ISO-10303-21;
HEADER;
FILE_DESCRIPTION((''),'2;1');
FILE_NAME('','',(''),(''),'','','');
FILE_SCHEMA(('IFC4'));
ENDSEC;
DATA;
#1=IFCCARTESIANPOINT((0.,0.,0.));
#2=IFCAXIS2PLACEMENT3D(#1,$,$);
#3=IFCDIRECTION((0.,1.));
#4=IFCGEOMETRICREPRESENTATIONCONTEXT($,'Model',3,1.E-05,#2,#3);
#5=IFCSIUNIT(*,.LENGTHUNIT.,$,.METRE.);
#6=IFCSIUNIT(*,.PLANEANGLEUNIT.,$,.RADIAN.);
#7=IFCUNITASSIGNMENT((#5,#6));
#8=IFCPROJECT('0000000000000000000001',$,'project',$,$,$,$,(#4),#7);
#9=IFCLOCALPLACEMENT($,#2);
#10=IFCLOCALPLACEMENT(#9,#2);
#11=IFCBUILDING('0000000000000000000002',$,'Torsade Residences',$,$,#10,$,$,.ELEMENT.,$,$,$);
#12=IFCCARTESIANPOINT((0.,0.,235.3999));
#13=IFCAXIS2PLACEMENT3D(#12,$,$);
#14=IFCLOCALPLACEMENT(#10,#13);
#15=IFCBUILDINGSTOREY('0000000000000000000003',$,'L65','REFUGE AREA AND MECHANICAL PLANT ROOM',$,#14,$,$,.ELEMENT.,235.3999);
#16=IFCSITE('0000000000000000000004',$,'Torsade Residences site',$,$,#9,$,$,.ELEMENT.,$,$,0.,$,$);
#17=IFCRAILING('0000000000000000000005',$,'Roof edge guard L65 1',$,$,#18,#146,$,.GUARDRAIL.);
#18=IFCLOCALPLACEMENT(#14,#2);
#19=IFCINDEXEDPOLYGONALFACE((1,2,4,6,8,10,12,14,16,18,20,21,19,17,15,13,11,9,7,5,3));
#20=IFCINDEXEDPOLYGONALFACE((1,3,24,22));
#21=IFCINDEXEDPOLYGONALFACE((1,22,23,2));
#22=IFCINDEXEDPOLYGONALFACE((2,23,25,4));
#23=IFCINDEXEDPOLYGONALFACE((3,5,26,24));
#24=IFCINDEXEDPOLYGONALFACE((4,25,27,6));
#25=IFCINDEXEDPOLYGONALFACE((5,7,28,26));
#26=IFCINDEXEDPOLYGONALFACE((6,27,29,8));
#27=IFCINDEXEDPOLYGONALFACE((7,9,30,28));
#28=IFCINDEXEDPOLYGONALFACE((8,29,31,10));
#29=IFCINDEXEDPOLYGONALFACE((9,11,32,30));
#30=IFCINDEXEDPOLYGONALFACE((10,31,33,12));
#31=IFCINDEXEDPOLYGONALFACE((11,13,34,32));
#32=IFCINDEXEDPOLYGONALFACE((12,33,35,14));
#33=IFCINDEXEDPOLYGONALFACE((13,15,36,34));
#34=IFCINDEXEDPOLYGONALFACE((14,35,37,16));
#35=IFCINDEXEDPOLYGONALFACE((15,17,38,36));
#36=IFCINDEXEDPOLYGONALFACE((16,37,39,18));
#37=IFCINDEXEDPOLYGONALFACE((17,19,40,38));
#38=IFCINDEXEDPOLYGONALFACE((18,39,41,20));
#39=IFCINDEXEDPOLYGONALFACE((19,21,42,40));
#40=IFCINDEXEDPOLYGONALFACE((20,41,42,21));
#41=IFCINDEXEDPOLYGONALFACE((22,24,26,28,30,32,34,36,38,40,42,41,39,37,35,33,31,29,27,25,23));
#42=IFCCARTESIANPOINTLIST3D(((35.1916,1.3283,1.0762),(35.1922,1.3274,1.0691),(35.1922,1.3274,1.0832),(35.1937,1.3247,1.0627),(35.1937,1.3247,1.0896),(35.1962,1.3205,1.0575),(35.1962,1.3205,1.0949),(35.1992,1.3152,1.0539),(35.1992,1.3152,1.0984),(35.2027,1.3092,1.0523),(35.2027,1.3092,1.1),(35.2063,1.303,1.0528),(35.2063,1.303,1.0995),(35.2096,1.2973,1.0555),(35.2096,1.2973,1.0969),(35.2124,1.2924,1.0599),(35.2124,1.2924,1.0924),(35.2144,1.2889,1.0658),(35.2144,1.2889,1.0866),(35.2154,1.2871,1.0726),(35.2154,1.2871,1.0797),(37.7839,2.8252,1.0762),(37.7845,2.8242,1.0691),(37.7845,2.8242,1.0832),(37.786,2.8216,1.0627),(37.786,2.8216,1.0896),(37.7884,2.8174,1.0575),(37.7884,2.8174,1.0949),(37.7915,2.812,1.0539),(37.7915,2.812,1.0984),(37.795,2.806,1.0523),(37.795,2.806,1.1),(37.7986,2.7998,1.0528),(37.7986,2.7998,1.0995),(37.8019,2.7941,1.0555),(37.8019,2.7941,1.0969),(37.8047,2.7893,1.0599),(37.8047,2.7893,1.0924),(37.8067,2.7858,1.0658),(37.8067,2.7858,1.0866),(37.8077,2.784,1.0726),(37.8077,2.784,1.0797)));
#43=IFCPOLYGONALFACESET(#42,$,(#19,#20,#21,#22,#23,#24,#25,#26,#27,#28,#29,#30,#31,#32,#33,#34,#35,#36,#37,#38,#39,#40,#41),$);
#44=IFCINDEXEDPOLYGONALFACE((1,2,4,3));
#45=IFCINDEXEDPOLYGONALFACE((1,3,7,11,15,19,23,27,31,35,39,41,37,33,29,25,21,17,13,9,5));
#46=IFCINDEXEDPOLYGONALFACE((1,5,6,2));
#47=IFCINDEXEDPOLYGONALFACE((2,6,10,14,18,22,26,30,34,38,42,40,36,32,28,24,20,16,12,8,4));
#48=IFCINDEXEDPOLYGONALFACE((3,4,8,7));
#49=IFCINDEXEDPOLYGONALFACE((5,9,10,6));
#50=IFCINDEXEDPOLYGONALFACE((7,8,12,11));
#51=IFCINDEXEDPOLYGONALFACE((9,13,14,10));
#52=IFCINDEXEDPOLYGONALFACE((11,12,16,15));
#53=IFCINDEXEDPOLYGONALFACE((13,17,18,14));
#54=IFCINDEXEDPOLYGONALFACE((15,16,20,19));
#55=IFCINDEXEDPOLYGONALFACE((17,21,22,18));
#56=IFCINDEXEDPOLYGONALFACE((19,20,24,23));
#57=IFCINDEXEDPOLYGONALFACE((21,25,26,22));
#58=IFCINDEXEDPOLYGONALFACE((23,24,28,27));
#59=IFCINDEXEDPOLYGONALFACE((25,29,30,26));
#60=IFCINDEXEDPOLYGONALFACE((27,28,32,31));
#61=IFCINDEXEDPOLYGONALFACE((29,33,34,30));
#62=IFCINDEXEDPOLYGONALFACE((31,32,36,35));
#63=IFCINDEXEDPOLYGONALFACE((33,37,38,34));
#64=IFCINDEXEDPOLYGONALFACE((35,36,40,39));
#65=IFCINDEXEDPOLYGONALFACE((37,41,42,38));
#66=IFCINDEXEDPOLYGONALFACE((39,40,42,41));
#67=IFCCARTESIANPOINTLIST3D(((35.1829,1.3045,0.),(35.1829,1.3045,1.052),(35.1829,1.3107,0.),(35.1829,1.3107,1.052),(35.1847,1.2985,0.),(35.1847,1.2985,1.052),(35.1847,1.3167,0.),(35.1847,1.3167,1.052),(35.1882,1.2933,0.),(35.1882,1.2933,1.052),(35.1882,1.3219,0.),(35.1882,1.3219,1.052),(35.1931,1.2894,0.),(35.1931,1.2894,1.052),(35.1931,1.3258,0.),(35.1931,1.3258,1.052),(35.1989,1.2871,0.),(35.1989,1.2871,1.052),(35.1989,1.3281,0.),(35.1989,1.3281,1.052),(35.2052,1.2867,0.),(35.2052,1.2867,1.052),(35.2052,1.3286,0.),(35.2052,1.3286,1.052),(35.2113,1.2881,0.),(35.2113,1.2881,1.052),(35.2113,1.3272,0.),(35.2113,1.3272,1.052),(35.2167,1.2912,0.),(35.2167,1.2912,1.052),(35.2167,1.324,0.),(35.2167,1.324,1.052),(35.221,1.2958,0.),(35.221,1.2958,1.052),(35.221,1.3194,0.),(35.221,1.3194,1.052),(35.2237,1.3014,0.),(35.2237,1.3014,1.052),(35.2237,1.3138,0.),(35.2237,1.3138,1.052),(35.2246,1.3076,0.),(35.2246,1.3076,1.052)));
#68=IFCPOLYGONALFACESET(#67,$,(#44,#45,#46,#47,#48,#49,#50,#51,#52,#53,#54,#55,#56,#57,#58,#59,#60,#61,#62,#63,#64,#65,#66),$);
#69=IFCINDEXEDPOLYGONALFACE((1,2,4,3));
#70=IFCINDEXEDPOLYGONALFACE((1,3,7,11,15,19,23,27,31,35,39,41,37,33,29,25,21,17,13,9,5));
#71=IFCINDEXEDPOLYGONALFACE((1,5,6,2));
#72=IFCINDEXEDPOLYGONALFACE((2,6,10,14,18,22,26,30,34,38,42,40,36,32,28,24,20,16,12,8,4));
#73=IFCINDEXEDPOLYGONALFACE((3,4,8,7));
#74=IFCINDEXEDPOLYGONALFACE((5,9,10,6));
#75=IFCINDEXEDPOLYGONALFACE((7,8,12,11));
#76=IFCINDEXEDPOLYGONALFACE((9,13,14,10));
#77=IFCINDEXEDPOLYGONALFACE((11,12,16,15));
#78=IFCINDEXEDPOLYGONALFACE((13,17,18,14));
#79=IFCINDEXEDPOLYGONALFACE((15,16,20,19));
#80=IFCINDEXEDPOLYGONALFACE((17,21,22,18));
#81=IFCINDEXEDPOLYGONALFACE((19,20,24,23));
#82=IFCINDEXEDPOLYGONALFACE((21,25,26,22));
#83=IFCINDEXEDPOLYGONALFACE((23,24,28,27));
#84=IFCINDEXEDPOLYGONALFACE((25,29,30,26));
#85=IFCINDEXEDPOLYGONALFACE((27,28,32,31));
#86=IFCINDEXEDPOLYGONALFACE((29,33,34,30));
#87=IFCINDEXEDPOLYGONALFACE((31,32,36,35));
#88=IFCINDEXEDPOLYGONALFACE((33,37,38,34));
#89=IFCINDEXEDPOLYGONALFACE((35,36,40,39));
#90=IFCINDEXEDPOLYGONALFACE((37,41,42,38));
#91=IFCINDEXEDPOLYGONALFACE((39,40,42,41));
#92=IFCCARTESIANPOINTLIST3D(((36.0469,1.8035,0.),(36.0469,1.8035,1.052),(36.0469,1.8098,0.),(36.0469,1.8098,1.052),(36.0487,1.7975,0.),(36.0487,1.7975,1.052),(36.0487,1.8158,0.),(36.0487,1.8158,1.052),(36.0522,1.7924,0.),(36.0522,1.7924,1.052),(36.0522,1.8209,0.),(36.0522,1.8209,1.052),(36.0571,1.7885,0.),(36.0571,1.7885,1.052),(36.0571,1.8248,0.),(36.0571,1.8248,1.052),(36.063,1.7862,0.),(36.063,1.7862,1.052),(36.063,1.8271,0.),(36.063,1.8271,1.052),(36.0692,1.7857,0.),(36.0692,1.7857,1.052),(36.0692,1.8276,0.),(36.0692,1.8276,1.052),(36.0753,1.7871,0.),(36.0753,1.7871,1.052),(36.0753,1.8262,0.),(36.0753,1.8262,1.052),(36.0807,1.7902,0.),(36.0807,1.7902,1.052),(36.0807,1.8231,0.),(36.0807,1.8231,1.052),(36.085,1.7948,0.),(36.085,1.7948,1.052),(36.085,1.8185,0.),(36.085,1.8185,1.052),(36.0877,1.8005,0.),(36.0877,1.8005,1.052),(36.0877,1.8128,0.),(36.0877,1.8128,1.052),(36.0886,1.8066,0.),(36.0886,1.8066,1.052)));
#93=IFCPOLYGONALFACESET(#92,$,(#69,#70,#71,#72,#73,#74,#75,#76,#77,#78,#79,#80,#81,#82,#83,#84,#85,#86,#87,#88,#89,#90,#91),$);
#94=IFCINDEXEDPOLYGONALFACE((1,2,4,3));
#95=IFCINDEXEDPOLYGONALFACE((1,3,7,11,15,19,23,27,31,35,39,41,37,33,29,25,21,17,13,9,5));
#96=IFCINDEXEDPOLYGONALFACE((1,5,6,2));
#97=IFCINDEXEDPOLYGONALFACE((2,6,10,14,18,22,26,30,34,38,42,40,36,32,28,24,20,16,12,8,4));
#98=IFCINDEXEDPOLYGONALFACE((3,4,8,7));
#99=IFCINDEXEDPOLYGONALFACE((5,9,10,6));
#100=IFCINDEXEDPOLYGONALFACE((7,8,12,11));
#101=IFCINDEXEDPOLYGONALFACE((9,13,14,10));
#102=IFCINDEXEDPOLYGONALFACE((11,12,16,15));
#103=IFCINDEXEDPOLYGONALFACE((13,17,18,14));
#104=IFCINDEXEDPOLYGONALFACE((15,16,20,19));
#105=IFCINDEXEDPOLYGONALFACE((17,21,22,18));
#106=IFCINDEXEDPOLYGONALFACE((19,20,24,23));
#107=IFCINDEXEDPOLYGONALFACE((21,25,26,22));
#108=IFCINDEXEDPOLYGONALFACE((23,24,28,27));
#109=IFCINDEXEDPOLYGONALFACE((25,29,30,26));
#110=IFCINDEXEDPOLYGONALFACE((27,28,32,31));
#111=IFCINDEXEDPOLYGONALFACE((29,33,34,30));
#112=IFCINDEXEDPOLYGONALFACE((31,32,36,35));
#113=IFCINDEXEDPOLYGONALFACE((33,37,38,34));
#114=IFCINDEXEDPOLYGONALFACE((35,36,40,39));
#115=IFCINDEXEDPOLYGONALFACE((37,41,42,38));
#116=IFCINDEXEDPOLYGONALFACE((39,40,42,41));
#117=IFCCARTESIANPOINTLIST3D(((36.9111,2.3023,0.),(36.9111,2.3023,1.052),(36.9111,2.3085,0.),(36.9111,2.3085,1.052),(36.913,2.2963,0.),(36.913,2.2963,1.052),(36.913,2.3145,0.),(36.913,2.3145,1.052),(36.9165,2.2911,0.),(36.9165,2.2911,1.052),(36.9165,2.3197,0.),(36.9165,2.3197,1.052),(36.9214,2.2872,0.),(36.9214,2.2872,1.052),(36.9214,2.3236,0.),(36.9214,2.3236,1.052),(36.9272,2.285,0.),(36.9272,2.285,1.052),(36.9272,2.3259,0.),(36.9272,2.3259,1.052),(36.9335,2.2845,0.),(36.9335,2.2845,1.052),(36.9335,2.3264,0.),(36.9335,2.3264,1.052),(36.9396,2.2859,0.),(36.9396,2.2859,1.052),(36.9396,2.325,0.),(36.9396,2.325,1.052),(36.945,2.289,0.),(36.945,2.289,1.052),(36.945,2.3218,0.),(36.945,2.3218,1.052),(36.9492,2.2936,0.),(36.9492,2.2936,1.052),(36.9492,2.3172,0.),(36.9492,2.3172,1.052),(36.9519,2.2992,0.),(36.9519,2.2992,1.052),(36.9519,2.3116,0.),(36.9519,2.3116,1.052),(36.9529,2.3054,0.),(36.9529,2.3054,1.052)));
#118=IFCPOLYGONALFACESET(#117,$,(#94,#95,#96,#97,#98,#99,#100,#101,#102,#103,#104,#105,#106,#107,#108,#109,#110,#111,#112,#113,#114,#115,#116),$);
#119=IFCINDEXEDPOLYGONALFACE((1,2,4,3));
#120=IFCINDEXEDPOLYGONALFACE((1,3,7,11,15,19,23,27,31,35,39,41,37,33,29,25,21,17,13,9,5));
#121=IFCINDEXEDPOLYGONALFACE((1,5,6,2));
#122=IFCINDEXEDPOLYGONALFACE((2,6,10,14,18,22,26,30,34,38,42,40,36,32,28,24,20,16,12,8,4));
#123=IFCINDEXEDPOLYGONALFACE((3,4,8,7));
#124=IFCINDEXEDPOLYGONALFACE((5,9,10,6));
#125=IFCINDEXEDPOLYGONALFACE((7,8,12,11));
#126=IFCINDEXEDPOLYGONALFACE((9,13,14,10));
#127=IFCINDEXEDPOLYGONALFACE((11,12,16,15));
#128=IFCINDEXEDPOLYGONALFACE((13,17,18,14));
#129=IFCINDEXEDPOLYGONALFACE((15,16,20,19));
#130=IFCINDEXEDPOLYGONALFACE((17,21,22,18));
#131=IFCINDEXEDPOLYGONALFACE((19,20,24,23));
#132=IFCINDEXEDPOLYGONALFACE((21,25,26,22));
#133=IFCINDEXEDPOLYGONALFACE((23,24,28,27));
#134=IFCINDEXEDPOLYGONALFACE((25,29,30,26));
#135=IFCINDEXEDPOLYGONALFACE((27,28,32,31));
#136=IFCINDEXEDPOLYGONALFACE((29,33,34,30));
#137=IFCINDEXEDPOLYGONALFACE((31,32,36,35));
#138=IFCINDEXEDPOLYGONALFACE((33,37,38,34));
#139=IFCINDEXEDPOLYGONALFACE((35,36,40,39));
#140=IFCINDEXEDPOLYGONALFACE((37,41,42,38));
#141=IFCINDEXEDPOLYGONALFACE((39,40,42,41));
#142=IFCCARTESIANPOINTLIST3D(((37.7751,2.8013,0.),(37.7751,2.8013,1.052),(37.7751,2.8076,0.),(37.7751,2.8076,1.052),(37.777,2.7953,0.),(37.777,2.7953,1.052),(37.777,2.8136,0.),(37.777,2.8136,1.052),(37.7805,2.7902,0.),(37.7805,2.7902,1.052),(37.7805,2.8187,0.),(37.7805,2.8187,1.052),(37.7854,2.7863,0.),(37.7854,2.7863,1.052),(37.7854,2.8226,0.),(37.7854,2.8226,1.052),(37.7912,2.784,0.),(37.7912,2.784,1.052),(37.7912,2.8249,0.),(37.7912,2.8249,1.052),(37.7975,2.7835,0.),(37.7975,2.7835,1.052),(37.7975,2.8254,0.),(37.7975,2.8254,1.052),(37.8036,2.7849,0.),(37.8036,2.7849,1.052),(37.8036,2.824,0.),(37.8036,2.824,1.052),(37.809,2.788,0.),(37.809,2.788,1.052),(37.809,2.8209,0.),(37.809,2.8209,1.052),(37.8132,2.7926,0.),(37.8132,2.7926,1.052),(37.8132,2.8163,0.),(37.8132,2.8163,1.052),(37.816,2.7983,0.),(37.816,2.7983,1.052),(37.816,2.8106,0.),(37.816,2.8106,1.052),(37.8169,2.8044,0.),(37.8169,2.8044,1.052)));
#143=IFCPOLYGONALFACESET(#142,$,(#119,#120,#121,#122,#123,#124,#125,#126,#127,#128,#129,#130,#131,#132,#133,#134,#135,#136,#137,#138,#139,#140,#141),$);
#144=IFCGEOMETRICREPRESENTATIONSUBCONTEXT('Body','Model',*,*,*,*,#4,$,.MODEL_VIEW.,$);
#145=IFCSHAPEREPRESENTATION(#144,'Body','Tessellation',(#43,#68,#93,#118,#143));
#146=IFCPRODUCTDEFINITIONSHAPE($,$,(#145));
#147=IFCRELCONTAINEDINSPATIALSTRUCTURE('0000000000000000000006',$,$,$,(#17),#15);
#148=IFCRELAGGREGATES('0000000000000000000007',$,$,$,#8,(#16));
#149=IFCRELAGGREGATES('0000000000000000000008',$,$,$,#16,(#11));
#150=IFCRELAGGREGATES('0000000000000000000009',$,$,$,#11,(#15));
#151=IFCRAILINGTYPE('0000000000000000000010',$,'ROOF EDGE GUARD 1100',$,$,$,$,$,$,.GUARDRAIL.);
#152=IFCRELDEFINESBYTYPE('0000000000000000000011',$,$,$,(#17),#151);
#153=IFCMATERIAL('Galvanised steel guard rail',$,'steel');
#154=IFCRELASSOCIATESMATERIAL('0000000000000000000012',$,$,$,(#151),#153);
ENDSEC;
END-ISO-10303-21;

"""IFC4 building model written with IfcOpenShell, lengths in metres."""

from ifc_helpers import new_model, si_unit, direction, frame, origin, origin_2d, place, context, subcontext, project, spatial, circle, extrude, material, type_object, element, save


model = new_model("IFC4")

# Units and contexts
model_context = context("Model", 3, precision=1e-05, world=origin(), true_north=direction((0.0, 1.0)))
body_context = subcontext(model_context, "Body", "Model", "MODEL_VIEW")
ifc_project = project(units=[si_unit("LENGTHUNIT", "METRE"), si_unit("PLANEANGLEUNIT", "RADIAN")], contexts=[model_context])

# Site, building, storey
site_placement = place(None, origin())
site = spatial("IfcSite", under=ifc_project, at=site_placement, Name="Torsade Residences site", CompositionType="ELEMENT", RefElevation=0.0)
building_placement = place(site_placement, origin())
building = spatial("IfcBuilding", under=site, at=building_placement, Name="Torsade Residences", CompositionType="ELEMENT")
storey_placement = place(building_placement, frame((0.0, 0.0, 235.3999)))
storey = spatial("IfcBuildingStorey", under=building, at=storey_placement, Name="L65", Description="REFUGE AREA AND MECHANICAL PLANT ROOM", CompositionType="ELEMENT", Elevation=235.3999)

# Railing
ifc_material_1 = material(Name="Galvanised steel guard rail", Category="steel")
railing_type = type_object("IfcRailingType", Name="ROOF EDGE GUARD 1100", PredefinedType="GUARDRAIL", material=ifc_material_1)
railing_1_placement = place(storey_placement, frame((35.2036, 1.3076, 0.0)))
element("IfcRailing", 1, at=railing_1_placement, inside=storey, type_object=railing_type, Name="Roof edge guard L65 1", PredefinedType="GUARDRAIL", context=body_context, shape_type="SweptSolid", body=[
    extrude(circle(Radius=0.0239, at=origin_2d()), frame((0.0, 0.0, 1.0762), z_axis=(0.866001, 0.500043, 0.0), x_axis=(-0.500043, 0.866001, 0.0)), (0.0, 0.0, 1.0), 2.9934),
    extrude(circle(Radius=0.021, at=origin_2d()), origin(), (0.0, 0.0, 1.0), 1.052),
    extrude(circle(Radius=0.021, at=origin_2d()), frame((0.864, 0.499, 0.0)), (0.0, 0.0, 1.0), 1.052),
    extrude(circle(Radius=0.021, at=origin_2d()), frame((1.7283, 0.9978, 0.0)), (0.0, 0.0, 1.0), 1.052),
    extrude(circle(Radius=0.021, at=origin_2d()), frame((2.5923, 1.4968, 0.0)), (0.0, 0.0, 1.0), 1.052),
])

save(model, "model.ifc")
